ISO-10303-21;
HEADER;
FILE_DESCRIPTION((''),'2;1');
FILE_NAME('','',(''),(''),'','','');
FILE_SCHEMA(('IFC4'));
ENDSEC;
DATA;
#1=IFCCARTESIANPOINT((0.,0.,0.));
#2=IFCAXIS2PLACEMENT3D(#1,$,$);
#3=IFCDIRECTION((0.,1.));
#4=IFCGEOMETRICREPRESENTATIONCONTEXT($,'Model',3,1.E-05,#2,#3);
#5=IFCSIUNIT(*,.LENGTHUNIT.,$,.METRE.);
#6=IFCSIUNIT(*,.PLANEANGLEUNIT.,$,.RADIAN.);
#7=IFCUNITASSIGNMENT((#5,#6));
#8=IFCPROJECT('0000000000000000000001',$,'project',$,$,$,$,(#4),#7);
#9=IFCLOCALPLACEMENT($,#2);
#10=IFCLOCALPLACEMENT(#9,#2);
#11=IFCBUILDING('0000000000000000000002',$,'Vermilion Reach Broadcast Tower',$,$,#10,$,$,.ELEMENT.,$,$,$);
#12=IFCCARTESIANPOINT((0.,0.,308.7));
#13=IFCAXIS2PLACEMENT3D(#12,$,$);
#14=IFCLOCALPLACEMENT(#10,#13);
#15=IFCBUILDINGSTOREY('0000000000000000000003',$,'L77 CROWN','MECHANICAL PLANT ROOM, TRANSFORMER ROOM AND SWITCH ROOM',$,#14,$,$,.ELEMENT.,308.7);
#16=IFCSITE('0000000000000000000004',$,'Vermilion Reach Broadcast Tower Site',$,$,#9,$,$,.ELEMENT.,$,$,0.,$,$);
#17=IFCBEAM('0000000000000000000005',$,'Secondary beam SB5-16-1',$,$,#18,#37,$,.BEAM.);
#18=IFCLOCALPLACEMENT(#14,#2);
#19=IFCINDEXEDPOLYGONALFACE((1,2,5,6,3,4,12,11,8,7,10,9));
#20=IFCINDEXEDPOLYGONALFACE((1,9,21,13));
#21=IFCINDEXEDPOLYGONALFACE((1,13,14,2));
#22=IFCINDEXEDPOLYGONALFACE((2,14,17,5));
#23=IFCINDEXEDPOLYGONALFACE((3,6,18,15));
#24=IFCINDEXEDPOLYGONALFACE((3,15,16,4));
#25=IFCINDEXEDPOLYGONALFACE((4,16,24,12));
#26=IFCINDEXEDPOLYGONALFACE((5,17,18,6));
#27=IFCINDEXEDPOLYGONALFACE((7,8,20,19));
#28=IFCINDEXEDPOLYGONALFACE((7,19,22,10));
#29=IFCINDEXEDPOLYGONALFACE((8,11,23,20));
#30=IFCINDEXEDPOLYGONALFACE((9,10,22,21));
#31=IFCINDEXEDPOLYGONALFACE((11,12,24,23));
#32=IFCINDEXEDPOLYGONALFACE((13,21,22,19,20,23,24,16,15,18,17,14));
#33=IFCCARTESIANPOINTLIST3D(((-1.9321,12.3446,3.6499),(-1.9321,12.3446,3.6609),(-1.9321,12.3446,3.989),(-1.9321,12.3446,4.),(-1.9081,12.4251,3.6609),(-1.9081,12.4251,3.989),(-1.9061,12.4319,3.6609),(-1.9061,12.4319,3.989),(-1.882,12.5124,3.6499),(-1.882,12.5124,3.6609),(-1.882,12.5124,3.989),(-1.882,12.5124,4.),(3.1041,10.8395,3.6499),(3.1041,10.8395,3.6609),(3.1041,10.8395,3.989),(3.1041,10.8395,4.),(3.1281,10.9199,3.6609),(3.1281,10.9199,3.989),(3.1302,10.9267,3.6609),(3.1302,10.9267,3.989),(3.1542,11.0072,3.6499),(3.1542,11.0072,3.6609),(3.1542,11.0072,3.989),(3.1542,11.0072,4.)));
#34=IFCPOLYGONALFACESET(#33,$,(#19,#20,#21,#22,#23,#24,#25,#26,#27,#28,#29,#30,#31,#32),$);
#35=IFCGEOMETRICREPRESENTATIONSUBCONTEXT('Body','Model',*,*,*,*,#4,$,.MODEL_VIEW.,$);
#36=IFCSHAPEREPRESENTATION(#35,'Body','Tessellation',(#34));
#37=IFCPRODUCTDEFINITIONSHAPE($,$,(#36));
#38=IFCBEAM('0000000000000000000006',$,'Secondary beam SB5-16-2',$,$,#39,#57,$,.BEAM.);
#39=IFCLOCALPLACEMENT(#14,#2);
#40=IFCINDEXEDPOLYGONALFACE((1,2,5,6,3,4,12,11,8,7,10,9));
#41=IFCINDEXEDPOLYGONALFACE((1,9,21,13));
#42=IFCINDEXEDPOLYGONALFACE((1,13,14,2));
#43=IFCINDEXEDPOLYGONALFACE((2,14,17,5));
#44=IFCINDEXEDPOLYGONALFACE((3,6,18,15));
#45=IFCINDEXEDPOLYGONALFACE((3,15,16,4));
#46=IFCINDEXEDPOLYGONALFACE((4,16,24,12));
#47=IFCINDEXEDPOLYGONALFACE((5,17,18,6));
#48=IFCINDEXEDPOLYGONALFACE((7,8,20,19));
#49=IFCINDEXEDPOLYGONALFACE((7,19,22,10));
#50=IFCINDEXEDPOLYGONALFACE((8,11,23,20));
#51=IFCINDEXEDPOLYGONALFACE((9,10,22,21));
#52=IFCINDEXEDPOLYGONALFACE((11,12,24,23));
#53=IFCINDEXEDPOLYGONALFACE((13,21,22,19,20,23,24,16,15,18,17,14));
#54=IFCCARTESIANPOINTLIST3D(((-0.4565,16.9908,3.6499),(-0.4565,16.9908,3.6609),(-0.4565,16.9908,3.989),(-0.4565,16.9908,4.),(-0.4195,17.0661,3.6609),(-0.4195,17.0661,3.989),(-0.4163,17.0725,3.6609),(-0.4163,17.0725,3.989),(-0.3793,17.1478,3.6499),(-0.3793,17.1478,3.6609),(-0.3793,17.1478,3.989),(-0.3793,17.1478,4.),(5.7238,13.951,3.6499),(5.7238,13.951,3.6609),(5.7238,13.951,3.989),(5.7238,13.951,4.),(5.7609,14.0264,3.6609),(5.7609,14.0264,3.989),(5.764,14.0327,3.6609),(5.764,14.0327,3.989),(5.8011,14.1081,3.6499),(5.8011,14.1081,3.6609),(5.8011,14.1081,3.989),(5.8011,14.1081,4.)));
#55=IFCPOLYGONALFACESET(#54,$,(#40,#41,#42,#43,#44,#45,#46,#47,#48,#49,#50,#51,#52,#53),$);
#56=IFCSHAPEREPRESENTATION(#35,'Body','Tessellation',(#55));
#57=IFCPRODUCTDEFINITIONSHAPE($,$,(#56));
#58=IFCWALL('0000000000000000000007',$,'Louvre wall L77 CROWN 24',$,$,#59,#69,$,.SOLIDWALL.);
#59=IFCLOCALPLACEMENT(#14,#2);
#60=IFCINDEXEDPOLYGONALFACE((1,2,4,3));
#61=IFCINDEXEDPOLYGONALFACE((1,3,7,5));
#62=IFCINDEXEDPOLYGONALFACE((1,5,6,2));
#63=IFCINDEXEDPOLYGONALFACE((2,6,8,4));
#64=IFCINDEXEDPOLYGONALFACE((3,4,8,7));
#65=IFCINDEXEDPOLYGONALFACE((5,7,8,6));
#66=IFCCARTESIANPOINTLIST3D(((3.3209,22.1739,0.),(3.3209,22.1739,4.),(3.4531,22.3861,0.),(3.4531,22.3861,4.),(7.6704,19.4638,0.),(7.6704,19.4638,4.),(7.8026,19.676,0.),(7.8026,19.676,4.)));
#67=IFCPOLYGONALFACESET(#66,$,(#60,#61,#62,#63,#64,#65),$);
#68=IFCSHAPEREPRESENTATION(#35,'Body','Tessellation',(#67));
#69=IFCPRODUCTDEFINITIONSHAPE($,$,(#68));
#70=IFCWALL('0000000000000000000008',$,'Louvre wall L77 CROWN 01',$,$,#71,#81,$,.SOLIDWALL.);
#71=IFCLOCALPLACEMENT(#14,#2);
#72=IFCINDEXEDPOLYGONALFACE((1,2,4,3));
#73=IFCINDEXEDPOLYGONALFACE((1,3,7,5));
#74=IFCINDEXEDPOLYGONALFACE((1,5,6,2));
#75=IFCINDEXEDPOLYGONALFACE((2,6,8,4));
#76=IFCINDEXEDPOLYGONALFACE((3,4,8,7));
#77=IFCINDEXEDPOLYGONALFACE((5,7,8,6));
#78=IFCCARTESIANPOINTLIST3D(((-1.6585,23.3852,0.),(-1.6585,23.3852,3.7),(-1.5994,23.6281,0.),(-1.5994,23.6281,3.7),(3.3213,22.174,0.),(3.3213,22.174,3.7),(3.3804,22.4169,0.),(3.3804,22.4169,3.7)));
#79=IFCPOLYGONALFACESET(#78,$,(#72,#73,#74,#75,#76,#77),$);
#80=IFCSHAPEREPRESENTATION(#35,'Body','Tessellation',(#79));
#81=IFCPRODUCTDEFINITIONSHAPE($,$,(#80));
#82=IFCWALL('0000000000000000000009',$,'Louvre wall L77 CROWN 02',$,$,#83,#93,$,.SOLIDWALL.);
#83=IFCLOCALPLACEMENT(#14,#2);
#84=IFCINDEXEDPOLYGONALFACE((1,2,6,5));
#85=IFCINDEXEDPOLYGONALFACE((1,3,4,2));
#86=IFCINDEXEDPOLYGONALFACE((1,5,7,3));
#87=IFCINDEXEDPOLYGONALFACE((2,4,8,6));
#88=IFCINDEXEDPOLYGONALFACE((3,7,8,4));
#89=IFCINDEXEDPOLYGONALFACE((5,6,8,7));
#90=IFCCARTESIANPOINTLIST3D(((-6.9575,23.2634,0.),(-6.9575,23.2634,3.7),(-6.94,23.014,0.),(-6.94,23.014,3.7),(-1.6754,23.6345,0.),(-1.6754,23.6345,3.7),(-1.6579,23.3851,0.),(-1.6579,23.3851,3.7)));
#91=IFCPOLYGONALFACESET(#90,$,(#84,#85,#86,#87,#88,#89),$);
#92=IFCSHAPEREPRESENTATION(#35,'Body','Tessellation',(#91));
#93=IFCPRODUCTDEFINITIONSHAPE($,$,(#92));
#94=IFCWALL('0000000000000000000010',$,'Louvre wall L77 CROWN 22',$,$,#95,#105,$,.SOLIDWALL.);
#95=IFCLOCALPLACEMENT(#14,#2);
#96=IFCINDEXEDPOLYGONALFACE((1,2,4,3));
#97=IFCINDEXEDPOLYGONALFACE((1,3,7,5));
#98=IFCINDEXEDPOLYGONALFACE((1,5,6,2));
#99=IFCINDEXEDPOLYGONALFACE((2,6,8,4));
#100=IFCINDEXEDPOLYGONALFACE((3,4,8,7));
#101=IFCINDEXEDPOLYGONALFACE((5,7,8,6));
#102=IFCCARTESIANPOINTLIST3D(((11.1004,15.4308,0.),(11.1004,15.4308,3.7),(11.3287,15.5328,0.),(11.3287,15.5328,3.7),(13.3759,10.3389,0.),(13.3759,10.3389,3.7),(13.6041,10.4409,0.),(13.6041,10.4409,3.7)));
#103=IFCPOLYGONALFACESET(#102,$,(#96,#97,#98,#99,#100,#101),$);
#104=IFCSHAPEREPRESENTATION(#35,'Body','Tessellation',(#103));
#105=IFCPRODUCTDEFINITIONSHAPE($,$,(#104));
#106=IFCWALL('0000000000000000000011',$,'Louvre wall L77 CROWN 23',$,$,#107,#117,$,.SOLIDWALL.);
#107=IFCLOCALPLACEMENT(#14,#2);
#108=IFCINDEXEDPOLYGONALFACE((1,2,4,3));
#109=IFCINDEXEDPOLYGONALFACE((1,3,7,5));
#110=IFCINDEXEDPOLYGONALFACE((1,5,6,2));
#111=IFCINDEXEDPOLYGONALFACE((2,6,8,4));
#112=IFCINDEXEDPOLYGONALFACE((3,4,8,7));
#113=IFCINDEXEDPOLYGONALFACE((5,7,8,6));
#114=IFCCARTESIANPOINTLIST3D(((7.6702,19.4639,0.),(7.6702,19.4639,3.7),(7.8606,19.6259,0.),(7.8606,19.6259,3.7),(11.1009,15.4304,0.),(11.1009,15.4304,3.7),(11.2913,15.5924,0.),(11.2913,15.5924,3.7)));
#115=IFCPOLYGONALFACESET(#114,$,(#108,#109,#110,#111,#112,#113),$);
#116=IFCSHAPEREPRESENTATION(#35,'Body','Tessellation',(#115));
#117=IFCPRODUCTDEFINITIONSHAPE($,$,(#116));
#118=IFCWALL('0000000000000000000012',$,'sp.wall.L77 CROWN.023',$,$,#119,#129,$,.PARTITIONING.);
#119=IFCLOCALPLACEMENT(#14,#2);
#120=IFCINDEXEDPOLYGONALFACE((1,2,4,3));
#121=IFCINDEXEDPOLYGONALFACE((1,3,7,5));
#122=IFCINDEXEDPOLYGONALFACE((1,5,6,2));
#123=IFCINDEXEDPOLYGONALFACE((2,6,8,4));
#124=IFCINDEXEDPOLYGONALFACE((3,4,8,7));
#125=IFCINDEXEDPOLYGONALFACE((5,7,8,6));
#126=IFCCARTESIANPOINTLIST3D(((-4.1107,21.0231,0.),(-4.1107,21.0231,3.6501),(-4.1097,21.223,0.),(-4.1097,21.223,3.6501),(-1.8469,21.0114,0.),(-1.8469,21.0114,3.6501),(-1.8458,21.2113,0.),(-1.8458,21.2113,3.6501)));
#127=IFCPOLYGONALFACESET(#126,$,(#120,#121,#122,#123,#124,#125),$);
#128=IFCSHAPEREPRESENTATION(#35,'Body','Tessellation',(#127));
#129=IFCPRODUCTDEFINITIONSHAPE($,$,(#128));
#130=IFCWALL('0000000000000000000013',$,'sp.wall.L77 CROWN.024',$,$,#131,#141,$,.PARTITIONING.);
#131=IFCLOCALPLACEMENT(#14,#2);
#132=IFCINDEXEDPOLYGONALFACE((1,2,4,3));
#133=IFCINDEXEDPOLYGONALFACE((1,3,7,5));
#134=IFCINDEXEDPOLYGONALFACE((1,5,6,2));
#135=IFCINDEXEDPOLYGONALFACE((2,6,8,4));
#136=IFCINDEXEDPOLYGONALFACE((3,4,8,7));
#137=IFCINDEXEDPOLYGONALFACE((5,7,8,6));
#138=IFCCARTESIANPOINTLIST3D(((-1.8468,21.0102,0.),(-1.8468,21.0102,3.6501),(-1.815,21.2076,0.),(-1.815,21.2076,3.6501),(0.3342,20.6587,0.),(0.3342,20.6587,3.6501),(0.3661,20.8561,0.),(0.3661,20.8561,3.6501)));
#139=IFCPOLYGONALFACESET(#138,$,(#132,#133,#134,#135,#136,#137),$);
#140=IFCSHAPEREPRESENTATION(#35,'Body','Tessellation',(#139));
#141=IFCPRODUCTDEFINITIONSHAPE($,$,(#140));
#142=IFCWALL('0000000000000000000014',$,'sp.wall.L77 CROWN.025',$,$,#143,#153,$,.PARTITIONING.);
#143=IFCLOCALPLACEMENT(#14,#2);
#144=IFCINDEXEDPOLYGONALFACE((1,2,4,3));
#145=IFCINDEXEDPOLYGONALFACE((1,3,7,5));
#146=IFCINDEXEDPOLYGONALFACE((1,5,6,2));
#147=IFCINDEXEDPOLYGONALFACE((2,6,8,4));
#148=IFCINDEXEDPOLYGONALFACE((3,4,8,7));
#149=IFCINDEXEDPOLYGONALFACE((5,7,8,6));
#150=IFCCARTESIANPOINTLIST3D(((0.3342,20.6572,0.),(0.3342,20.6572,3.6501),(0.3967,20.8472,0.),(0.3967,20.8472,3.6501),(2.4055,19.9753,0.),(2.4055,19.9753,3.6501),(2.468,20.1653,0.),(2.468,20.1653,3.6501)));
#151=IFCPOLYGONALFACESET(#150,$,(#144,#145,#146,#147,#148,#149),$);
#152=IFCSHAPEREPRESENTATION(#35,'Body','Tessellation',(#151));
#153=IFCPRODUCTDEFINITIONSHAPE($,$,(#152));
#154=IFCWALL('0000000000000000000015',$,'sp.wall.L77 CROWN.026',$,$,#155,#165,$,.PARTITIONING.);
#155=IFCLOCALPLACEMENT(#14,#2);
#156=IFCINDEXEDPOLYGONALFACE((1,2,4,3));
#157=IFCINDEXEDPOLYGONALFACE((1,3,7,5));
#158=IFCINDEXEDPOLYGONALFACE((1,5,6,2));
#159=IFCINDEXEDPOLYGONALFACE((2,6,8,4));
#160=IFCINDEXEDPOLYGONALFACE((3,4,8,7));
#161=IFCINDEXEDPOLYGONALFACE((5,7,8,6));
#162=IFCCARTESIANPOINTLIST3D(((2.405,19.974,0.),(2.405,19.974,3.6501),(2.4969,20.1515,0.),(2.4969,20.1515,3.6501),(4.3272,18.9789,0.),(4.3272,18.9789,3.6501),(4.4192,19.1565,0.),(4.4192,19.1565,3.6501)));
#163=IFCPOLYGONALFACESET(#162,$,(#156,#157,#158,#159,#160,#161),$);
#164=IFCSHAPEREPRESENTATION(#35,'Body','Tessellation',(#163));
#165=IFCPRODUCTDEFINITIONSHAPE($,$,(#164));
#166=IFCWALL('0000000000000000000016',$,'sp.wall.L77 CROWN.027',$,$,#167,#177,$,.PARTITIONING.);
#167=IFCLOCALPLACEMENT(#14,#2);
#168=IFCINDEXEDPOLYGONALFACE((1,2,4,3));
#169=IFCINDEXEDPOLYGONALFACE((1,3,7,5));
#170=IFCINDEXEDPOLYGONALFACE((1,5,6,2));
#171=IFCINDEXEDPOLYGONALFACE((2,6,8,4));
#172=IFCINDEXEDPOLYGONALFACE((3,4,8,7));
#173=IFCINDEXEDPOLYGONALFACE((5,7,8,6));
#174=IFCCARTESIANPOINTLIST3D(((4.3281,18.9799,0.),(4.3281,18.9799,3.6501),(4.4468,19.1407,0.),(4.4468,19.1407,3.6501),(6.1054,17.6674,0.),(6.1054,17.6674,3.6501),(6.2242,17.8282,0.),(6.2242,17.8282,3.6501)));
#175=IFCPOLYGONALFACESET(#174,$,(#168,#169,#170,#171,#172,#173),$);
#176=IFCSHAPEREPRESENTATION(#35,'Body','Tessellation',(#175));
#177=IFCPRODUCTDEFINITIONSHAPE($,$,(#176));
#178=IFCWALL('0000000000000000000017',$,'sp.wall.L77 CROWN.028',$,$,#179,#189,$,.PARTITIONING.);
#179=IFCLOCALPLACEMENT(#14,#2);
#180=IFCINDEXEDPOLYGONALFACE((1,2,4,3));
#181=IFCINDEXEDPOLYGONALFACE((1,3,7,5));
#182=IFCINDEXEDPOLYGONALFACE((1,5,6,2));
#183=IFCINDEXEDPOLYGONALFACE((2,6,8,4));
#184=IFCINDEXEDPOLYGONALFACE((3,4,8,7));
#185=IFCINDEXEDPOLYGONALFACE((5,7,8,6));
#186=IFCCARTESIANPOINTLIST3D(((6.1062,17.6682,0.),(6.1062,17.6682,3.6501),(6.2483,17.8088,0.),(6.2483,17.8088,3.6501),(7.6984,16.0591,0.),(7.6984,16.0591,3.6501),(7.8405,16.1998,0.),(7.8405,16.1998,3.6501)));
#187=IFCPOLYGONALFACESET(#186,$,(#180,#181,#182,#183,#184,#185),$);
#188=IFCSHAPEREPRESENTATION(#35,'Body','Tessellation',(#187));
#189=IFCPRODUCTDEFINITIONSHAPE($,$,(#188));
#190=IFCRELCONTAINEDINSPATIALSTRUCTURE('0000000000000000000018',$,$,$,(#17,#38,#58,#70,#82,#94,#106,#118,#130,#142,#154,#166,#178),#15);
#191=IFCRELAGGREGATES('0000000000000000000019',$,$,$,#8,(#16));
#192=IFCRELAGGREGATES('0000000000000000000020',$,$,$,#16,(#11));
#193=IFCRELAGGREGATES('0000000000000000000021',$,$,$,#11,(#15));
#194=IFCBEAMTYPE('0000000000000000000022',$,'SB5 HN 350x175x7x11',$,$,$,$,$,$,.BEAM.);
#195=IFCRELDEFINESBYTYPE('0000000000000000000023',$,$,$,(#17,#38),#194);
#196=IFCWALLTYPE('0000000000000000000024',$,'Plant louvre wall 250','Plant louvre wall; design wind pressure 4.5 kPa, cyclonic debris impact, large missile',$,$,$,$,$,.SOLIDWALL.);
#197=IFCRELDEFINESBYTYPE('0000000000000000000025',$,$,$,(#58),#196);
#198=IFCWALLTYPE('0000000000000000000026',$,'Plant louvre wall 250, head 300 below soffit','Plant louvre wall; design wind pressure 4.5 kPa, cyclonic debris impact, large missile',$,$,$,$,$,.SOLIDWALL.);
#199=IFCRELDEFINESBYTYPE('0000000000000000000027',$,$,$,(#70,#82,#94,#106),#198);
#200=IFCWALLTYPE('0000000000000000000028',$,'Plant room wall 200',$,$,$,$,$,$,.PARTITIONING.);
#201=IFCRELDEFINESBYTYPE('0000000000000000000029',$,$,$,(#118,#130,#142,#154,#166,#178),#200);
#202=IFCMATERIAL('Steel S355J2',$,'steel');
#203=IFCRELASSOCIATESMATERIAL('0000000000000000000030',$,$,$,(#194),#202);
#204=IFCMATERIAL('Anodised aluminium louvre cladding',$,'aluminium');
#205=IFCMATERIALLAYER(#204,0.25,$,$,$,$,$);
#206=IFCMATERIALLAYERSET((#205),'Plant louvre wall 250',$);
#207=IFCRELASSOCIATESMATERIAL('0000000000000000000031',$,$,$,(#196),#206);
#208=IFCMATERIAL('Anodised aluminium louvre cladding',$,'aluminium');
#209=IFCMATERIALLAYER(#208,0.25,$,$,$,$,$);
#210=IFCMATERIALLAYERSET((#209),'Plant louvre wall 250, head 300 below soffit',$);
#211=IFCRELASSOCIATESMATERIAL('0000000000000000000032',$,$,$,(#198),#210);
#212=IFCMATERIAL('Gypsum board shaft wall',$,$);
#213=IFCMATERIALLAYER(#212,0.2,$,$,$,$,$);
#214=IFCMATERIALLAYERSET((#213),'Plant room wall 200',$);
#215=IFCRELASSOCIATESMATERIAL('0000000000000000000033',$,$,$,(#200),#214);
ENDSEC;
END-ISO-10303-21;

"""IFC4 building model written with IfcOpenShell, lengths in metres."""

from ifc_helpers import new_model, si_unit, direction, frame, frame_2d, origin, origin_2d, place, context, subcontext, project, spatial, rectangle, i_section, extrude, material, layer, layer_set, material_profile, profile_set, type_object, element, save


model = new_model("IFC4")

# Units and contexts
model_context = context("Model", 3, precision=1e-05, world=origin(), true_north=direction((0.0, 1.0)))
body_context = subcontext(model_context, "Body", "Model", "MODEL_VIEW")
ifc_project = project(units=[si_unit("LENGTHUNIT", "METRE"), si_unit("PLANEANGLEUNIT", "RADIAN")], contexts=[model_context])

# Site, building, storey
site_placement = place(None, origin())
site = spatial("IfcSite", under=ifc_project, at=site_placement, Name="Vermilion Reach Broadcast Tower Site", CompositionType="ELEMENT", RefElevation=0.0)
building_placement = place(site_placement, origin())
building = spatial("IfcBuilding", under=site, at=building_placement, Name="Vermilion Reach Broadcast Tower", CompositionType="ELEMENT")
storey_placement = place(building_placement, frame((0.0, 0.0, 308.7)))
storey = spatial("IfcBuildingStorey", under=building, at=storey_placement, Name="L77 CROWN", Description="MECHANICAL PLANT ROOM, TRANSFORMER ROOM AND SWITCH ROOM", CompositionType="ELEMENT", Elevation=308.7)

# Beams
ifc_material_1 = material(Name="Steel S355J2", Category="steel")
ifc_material_profile_1 = material_profile(ifc_material_1, i_section(OverallWidth=0.175, OverallDepth=0.3501, WebThickness=0.0071, FlangeThickness=0.011, at=origin_2d()), Name="S355J2 HN 350x175x7x11")
ifc_profile_set_1 = profile_set([ifc_material_profile_1], Name="Steel S355J2")
beam_type_1 = type_object("IfcBeamType", Name="SB5 HN 350x175x7x11", PredefinedType="BEAM", material=ifc_profile_set_1)
beam_1_placement = place(storey_placement, frame((3.1292, 10.9233, 3.825), z_axis=(-0.958125, 0.286351, 0.0), x_axis=(-0.286351, -0.958125, 0.0)))
element("IfcBeam", 1, at=beam_1_placement, inside=storey, type_object=beam_type_1, Name="Secondary beam SB5-16-1", PredefinedType="BEAM", context=body_context, shape_type="SweptSolid", body=[
    extrude(i_section(OverallWidth=0.175, OverallDepth=0.3501, WebThickness=0.0071, FlangeThickness=0.011, at=origin_2d()), origin(), (0.0, 0.0, 1.0), 5.2563),
])
beam_2_placement = place(storey_placement, frame((5.7625, 14.0295, 3.825), z_axis=(-0.897336, 0.441348, 0.0), x_axis=(-0.441348, -0.897336, 0.0)))
element("IfcBeam", 2, at=beam_2_placement, inside=storey, type_object=beam_type_1, Name="Secondary beam SB5-16-2", PredefinedType="BEAM", context=body_context, shape_type="SweptSolid", body=[
    extrude(i_section(OverallWidth=0.175, OverallDepth=0.3501, WebThickness=0.0071, FlangeThickness=0.011, at=origin_2d()), origin(), (0.0, 0.0, 1.0), 6.8875),
])

# Walls
ifc_material_2 = material(Name="Anodised aluminium louvre cladding", Category="aluminium")
ifc_layer_1 = layer(ifc_material_2, 0.25)
ifc_layer_set_1 = layer_set([ifc_layer_1], Name="Plant louvre wall 250")
wall_type_1 = type_object("IfcWallType", Name="Plant louvre wall 250", Description="Plant louvre wall; design wind pressure 4.5 kPa, cyclonic debris impact, large missile", PredefinedType="SOLIDWALL", material=ifc_layer_set_1)
wall_1_placement = place(storey_placement, frame((7.7366, 19.5698, 0.0), z_axis=(0.0, 0.0, 1.0), x_axis=(-0.848725, 0.528834, 0.0)))
element("IfcWall", 3, at=wall_1_placement, inside=storey, type_object=wall_type_1, Name="Louvre wall L77 CROWN 24", PredefinedType="SOLIDWALL", context=body_context, shape_type="SweptSolid", body=[
    extrude(rectangle(XDim=5.1248, YDim=0.25, at=frame_2d((2.5625, 0.0))), origin(), (0.0, 0.0, 1.0), 4.0),
])
ifc_material_3 = material(Name="Anodised aluminium louvre cladding", Category="aluminium")
ifc_layer_2 = layer(ifc_material_3, 0.25)
ifc_layer_set_2 = layer_set([ifc_layer_2], Name="Plant louvre wall 250, head 300 below soffit")
wall_type_2 = type_object("IfcWallType", Name="Plant louvre wall 250, head 300 below soffit", Description="Plant louvre wall; design wind pressure 4.5 kPa, cyclonic debris impact, large missile", PredefinedType="SOLIDWALL", material=ifc_layer_set_2)
wall_2_placement = place(storey_placement, frame((3.3508, 22.2954, 0.0), z_axis=(0.0, 0.0, 1.0), x_axis=(-0.971672, 0.236332, 0.0)))
element("IfcWall", 4, at=wall_2_placement, inside=storey, type_object=wall_type_2, Name="Louvre wall L77 CROWN 01", PredefinedType="SOLIDWALL", context=body_context, shape_type="SweptSolid", body=[
    extrude(rectangle(XDim=5.125, YDim=0.25, at=frame_2d((2.5625, 0.0))), origin(), (0.0, 0.0, 1.0), 3.7),
])
wall_3_placement = place(storey_placement, frame((-1.6667, 23.5098, 0.0), z_axis=(0.0, 0.0, 1.0), x_axis=(-0.997541, -0.070081, 0.0)))
element("IfcWall", 5, at=wall_3_placement, inside=storey, type_object=wall_type_2, Name="Louvre wall L77 CROWN 02", PredefinedType="SOLIDWALL", context=body_context, shape_type="SweptSolid", body=[
    extrude(rectangle(XDim=5.2952, YDim=0.25, at=frame_2d((2.6475, 0.0))), origin(), (0.0, 0.0, 1.0), 3.7),
])
wall_4_placement = place(storey_placement, frame((13.49, 10.3899, 0.0), z_axis=(0.0, 0.0, 1.0), x_axis=(-0.40799, 0.912987, 0.0)))
element("IfcWall", 6, at=wall_4_placement, inside=storey, type_object=wall_type_2, Name="Louvre wall L77 CROWN 22", PredefinedType="SOLIDWALL", context=body_context, shape_type="SweptSolid", body=[
    extrude(rectangle(XDim=5.5771, YDim=0.25, at=frame_2d((2.7886, 0.0))), origin(), (0.0, 0.0, 1.0), 3.7),
])
wall_5_placement = place(storey_placement, frame((11.196, 15.5115, 0.0), z_axis=(0.0, 0.0, 1.0), x_axis=(-0.647893, 0.761731, 0.0)))
element("IfcWall", 7, at=wall_5_placement, inside=storey, type_object=wall_type_2, Name="Louvre wall L77 CROWN 23", PredefinedType="SOLIDWALL", context=body_context, shape_type="SweptSolid", body=[
    extrude(rectangle(XDim=5.2952, YDim=0.25, at=frame_2d((2.6475, 0.0))), origin(), (0.0, 0.0, 1.0), 3.7),
])
ifc_material_4 = material(Name="Gypsum board shaft wall")
ifc_layer_3 = layer(ifc_material_4, 0.2)
ifc_layer_set_3 = layer_set([ifc_layer_3], Name="Plant room wall 200")
wall_type_3 = type_object("IfcWallType", Name="Plant room wall 200", PredefinedType="PARTITIONING", material=ifc_layer_set_3)
wall_6_placement = place(storey_placement, frame((-4.1101, 21.123, 0.0), z_axis=(0.0, 0.0, 1.0), x_axis=(0.999987, -0.005176, 0.0)))
element("IfcWall", 8, at=wall_6_placement, inside=storey, type_object=wall_type_3, Name="sp.wall.L77 CROWN.023", PredefinedType="PARTITIONING", context=body_context, shape_type="SweptSolid", body=[
    extrude(rectangle(XDim=2.2639, YDim=0.2, at=frame_2d((1.1318, 0.0))), origin(), (0.0, 0.0, 1.0), 3.6501),
])
wall_7_placement = place(storey_placement, frame((-1.8308, 21.1089, 0.0), z_axis=(0.0, 0.0, 1.0), x_axis=(0.987258, -0.159128, 0.0)))
element("IfcWall", 9, at=wall_7_placement, inside=storey, type_object=wall_type_3, Name="sp.wall.L77 CROWN.024", PredefinedType="PARTITIONING", context=body_context, shape_type="SweptSolid", body=[
    extrude(rectangle(XDim=2.2092, YDim=0.2, at=frame_2d((1.1045, 0.0))), origin(), (0.0, 0.0, 1.0), 3.6501),
])
wall_8_placement = place(storey_placement, frame((0.3655, 20.7522, 0.0), z_axis=(0.0, 0.0, 1.0), x_axis=(0.949852, -0.312699, 0.0)))
element("IfcWall", 10, at=wall_8_placement, inside=storey, type_object=wall_type_3, Name="sp.wall.L77 CROWN.025", PredefinedType="PARTITIONING", context=body_context, shape_type="SweptSolid", body=[
    extrude(rectangle(XDim=2.1807, YDim=0.2, at=frame_2d((1.0903, 0.0))), origin(), (0.0, 0.0, 1.0), 3.6501),
])
wall_9_placement = place(storey_placement, frame((2.4509, 20.0627, 0.0), z_axis=(0.0, 0.0, 1.0), x_axis=(0.888068, -0.459711, 0.0)))
element("IfcWall", 11, at=wall_9_placement, inside=storey, type_object=wall_type_3, Name="sp.wall.L77 CROWN.026", PredefinedType="PARTITIONING", context=body_context, shape_type="SweptSolid", body=[
    extrude(rectangle(XDim=2.1646, YDim=0.2, at=frame_2d((1.0823, 0.0))), origin(), (0.0, 0.0, 1.0), 3.6501),
])
wall_10_placement = place(storey_placement, frame((4.3875, 19.0603, 0.0), z_axis=(0.0, 0.0, 1.0), x_axis=(0.804433, -0.594043, 0.0)))
element("IfcWall", 12, at=wall_10_placement, inside=storey, type_object=wall_type_3, Name="sp.wall.L77 CROWN.027", PredefinedType="PARTITIONING", context=body_context, shape_type="SweptSolid", body=[
    extrude(rectangle(XDim=2.2095, YDim=0.2, at=frame_2d((1.1047, 0.0))), origin(), (0.0, 0.0, 1.0), 3.6501),
])
wall_11_placement = place(storey_placement, frame((6.1772, 17.7385, 0.0), z_axis=(0.0, 0.0, 1.0), x_axis=(0.703376, -0.710818, 0.0)))
element("IfcWall", 13, at=wall_11_placement, inside=storey, type_object=wall_type_3, Name="sp.wall.L77 CROWN.028", PredefinedType="PARTITIONING", context=body_context, shape_type="SweptSolid", body=[
    extrude(rectangle(XDim=2.2637, YDim=0.2, at=frame_2d((1.1318, 0.0))), origin(), (0.0, 0.0, 1.0), 3.6501),
])

save(model, "model.ifc")
